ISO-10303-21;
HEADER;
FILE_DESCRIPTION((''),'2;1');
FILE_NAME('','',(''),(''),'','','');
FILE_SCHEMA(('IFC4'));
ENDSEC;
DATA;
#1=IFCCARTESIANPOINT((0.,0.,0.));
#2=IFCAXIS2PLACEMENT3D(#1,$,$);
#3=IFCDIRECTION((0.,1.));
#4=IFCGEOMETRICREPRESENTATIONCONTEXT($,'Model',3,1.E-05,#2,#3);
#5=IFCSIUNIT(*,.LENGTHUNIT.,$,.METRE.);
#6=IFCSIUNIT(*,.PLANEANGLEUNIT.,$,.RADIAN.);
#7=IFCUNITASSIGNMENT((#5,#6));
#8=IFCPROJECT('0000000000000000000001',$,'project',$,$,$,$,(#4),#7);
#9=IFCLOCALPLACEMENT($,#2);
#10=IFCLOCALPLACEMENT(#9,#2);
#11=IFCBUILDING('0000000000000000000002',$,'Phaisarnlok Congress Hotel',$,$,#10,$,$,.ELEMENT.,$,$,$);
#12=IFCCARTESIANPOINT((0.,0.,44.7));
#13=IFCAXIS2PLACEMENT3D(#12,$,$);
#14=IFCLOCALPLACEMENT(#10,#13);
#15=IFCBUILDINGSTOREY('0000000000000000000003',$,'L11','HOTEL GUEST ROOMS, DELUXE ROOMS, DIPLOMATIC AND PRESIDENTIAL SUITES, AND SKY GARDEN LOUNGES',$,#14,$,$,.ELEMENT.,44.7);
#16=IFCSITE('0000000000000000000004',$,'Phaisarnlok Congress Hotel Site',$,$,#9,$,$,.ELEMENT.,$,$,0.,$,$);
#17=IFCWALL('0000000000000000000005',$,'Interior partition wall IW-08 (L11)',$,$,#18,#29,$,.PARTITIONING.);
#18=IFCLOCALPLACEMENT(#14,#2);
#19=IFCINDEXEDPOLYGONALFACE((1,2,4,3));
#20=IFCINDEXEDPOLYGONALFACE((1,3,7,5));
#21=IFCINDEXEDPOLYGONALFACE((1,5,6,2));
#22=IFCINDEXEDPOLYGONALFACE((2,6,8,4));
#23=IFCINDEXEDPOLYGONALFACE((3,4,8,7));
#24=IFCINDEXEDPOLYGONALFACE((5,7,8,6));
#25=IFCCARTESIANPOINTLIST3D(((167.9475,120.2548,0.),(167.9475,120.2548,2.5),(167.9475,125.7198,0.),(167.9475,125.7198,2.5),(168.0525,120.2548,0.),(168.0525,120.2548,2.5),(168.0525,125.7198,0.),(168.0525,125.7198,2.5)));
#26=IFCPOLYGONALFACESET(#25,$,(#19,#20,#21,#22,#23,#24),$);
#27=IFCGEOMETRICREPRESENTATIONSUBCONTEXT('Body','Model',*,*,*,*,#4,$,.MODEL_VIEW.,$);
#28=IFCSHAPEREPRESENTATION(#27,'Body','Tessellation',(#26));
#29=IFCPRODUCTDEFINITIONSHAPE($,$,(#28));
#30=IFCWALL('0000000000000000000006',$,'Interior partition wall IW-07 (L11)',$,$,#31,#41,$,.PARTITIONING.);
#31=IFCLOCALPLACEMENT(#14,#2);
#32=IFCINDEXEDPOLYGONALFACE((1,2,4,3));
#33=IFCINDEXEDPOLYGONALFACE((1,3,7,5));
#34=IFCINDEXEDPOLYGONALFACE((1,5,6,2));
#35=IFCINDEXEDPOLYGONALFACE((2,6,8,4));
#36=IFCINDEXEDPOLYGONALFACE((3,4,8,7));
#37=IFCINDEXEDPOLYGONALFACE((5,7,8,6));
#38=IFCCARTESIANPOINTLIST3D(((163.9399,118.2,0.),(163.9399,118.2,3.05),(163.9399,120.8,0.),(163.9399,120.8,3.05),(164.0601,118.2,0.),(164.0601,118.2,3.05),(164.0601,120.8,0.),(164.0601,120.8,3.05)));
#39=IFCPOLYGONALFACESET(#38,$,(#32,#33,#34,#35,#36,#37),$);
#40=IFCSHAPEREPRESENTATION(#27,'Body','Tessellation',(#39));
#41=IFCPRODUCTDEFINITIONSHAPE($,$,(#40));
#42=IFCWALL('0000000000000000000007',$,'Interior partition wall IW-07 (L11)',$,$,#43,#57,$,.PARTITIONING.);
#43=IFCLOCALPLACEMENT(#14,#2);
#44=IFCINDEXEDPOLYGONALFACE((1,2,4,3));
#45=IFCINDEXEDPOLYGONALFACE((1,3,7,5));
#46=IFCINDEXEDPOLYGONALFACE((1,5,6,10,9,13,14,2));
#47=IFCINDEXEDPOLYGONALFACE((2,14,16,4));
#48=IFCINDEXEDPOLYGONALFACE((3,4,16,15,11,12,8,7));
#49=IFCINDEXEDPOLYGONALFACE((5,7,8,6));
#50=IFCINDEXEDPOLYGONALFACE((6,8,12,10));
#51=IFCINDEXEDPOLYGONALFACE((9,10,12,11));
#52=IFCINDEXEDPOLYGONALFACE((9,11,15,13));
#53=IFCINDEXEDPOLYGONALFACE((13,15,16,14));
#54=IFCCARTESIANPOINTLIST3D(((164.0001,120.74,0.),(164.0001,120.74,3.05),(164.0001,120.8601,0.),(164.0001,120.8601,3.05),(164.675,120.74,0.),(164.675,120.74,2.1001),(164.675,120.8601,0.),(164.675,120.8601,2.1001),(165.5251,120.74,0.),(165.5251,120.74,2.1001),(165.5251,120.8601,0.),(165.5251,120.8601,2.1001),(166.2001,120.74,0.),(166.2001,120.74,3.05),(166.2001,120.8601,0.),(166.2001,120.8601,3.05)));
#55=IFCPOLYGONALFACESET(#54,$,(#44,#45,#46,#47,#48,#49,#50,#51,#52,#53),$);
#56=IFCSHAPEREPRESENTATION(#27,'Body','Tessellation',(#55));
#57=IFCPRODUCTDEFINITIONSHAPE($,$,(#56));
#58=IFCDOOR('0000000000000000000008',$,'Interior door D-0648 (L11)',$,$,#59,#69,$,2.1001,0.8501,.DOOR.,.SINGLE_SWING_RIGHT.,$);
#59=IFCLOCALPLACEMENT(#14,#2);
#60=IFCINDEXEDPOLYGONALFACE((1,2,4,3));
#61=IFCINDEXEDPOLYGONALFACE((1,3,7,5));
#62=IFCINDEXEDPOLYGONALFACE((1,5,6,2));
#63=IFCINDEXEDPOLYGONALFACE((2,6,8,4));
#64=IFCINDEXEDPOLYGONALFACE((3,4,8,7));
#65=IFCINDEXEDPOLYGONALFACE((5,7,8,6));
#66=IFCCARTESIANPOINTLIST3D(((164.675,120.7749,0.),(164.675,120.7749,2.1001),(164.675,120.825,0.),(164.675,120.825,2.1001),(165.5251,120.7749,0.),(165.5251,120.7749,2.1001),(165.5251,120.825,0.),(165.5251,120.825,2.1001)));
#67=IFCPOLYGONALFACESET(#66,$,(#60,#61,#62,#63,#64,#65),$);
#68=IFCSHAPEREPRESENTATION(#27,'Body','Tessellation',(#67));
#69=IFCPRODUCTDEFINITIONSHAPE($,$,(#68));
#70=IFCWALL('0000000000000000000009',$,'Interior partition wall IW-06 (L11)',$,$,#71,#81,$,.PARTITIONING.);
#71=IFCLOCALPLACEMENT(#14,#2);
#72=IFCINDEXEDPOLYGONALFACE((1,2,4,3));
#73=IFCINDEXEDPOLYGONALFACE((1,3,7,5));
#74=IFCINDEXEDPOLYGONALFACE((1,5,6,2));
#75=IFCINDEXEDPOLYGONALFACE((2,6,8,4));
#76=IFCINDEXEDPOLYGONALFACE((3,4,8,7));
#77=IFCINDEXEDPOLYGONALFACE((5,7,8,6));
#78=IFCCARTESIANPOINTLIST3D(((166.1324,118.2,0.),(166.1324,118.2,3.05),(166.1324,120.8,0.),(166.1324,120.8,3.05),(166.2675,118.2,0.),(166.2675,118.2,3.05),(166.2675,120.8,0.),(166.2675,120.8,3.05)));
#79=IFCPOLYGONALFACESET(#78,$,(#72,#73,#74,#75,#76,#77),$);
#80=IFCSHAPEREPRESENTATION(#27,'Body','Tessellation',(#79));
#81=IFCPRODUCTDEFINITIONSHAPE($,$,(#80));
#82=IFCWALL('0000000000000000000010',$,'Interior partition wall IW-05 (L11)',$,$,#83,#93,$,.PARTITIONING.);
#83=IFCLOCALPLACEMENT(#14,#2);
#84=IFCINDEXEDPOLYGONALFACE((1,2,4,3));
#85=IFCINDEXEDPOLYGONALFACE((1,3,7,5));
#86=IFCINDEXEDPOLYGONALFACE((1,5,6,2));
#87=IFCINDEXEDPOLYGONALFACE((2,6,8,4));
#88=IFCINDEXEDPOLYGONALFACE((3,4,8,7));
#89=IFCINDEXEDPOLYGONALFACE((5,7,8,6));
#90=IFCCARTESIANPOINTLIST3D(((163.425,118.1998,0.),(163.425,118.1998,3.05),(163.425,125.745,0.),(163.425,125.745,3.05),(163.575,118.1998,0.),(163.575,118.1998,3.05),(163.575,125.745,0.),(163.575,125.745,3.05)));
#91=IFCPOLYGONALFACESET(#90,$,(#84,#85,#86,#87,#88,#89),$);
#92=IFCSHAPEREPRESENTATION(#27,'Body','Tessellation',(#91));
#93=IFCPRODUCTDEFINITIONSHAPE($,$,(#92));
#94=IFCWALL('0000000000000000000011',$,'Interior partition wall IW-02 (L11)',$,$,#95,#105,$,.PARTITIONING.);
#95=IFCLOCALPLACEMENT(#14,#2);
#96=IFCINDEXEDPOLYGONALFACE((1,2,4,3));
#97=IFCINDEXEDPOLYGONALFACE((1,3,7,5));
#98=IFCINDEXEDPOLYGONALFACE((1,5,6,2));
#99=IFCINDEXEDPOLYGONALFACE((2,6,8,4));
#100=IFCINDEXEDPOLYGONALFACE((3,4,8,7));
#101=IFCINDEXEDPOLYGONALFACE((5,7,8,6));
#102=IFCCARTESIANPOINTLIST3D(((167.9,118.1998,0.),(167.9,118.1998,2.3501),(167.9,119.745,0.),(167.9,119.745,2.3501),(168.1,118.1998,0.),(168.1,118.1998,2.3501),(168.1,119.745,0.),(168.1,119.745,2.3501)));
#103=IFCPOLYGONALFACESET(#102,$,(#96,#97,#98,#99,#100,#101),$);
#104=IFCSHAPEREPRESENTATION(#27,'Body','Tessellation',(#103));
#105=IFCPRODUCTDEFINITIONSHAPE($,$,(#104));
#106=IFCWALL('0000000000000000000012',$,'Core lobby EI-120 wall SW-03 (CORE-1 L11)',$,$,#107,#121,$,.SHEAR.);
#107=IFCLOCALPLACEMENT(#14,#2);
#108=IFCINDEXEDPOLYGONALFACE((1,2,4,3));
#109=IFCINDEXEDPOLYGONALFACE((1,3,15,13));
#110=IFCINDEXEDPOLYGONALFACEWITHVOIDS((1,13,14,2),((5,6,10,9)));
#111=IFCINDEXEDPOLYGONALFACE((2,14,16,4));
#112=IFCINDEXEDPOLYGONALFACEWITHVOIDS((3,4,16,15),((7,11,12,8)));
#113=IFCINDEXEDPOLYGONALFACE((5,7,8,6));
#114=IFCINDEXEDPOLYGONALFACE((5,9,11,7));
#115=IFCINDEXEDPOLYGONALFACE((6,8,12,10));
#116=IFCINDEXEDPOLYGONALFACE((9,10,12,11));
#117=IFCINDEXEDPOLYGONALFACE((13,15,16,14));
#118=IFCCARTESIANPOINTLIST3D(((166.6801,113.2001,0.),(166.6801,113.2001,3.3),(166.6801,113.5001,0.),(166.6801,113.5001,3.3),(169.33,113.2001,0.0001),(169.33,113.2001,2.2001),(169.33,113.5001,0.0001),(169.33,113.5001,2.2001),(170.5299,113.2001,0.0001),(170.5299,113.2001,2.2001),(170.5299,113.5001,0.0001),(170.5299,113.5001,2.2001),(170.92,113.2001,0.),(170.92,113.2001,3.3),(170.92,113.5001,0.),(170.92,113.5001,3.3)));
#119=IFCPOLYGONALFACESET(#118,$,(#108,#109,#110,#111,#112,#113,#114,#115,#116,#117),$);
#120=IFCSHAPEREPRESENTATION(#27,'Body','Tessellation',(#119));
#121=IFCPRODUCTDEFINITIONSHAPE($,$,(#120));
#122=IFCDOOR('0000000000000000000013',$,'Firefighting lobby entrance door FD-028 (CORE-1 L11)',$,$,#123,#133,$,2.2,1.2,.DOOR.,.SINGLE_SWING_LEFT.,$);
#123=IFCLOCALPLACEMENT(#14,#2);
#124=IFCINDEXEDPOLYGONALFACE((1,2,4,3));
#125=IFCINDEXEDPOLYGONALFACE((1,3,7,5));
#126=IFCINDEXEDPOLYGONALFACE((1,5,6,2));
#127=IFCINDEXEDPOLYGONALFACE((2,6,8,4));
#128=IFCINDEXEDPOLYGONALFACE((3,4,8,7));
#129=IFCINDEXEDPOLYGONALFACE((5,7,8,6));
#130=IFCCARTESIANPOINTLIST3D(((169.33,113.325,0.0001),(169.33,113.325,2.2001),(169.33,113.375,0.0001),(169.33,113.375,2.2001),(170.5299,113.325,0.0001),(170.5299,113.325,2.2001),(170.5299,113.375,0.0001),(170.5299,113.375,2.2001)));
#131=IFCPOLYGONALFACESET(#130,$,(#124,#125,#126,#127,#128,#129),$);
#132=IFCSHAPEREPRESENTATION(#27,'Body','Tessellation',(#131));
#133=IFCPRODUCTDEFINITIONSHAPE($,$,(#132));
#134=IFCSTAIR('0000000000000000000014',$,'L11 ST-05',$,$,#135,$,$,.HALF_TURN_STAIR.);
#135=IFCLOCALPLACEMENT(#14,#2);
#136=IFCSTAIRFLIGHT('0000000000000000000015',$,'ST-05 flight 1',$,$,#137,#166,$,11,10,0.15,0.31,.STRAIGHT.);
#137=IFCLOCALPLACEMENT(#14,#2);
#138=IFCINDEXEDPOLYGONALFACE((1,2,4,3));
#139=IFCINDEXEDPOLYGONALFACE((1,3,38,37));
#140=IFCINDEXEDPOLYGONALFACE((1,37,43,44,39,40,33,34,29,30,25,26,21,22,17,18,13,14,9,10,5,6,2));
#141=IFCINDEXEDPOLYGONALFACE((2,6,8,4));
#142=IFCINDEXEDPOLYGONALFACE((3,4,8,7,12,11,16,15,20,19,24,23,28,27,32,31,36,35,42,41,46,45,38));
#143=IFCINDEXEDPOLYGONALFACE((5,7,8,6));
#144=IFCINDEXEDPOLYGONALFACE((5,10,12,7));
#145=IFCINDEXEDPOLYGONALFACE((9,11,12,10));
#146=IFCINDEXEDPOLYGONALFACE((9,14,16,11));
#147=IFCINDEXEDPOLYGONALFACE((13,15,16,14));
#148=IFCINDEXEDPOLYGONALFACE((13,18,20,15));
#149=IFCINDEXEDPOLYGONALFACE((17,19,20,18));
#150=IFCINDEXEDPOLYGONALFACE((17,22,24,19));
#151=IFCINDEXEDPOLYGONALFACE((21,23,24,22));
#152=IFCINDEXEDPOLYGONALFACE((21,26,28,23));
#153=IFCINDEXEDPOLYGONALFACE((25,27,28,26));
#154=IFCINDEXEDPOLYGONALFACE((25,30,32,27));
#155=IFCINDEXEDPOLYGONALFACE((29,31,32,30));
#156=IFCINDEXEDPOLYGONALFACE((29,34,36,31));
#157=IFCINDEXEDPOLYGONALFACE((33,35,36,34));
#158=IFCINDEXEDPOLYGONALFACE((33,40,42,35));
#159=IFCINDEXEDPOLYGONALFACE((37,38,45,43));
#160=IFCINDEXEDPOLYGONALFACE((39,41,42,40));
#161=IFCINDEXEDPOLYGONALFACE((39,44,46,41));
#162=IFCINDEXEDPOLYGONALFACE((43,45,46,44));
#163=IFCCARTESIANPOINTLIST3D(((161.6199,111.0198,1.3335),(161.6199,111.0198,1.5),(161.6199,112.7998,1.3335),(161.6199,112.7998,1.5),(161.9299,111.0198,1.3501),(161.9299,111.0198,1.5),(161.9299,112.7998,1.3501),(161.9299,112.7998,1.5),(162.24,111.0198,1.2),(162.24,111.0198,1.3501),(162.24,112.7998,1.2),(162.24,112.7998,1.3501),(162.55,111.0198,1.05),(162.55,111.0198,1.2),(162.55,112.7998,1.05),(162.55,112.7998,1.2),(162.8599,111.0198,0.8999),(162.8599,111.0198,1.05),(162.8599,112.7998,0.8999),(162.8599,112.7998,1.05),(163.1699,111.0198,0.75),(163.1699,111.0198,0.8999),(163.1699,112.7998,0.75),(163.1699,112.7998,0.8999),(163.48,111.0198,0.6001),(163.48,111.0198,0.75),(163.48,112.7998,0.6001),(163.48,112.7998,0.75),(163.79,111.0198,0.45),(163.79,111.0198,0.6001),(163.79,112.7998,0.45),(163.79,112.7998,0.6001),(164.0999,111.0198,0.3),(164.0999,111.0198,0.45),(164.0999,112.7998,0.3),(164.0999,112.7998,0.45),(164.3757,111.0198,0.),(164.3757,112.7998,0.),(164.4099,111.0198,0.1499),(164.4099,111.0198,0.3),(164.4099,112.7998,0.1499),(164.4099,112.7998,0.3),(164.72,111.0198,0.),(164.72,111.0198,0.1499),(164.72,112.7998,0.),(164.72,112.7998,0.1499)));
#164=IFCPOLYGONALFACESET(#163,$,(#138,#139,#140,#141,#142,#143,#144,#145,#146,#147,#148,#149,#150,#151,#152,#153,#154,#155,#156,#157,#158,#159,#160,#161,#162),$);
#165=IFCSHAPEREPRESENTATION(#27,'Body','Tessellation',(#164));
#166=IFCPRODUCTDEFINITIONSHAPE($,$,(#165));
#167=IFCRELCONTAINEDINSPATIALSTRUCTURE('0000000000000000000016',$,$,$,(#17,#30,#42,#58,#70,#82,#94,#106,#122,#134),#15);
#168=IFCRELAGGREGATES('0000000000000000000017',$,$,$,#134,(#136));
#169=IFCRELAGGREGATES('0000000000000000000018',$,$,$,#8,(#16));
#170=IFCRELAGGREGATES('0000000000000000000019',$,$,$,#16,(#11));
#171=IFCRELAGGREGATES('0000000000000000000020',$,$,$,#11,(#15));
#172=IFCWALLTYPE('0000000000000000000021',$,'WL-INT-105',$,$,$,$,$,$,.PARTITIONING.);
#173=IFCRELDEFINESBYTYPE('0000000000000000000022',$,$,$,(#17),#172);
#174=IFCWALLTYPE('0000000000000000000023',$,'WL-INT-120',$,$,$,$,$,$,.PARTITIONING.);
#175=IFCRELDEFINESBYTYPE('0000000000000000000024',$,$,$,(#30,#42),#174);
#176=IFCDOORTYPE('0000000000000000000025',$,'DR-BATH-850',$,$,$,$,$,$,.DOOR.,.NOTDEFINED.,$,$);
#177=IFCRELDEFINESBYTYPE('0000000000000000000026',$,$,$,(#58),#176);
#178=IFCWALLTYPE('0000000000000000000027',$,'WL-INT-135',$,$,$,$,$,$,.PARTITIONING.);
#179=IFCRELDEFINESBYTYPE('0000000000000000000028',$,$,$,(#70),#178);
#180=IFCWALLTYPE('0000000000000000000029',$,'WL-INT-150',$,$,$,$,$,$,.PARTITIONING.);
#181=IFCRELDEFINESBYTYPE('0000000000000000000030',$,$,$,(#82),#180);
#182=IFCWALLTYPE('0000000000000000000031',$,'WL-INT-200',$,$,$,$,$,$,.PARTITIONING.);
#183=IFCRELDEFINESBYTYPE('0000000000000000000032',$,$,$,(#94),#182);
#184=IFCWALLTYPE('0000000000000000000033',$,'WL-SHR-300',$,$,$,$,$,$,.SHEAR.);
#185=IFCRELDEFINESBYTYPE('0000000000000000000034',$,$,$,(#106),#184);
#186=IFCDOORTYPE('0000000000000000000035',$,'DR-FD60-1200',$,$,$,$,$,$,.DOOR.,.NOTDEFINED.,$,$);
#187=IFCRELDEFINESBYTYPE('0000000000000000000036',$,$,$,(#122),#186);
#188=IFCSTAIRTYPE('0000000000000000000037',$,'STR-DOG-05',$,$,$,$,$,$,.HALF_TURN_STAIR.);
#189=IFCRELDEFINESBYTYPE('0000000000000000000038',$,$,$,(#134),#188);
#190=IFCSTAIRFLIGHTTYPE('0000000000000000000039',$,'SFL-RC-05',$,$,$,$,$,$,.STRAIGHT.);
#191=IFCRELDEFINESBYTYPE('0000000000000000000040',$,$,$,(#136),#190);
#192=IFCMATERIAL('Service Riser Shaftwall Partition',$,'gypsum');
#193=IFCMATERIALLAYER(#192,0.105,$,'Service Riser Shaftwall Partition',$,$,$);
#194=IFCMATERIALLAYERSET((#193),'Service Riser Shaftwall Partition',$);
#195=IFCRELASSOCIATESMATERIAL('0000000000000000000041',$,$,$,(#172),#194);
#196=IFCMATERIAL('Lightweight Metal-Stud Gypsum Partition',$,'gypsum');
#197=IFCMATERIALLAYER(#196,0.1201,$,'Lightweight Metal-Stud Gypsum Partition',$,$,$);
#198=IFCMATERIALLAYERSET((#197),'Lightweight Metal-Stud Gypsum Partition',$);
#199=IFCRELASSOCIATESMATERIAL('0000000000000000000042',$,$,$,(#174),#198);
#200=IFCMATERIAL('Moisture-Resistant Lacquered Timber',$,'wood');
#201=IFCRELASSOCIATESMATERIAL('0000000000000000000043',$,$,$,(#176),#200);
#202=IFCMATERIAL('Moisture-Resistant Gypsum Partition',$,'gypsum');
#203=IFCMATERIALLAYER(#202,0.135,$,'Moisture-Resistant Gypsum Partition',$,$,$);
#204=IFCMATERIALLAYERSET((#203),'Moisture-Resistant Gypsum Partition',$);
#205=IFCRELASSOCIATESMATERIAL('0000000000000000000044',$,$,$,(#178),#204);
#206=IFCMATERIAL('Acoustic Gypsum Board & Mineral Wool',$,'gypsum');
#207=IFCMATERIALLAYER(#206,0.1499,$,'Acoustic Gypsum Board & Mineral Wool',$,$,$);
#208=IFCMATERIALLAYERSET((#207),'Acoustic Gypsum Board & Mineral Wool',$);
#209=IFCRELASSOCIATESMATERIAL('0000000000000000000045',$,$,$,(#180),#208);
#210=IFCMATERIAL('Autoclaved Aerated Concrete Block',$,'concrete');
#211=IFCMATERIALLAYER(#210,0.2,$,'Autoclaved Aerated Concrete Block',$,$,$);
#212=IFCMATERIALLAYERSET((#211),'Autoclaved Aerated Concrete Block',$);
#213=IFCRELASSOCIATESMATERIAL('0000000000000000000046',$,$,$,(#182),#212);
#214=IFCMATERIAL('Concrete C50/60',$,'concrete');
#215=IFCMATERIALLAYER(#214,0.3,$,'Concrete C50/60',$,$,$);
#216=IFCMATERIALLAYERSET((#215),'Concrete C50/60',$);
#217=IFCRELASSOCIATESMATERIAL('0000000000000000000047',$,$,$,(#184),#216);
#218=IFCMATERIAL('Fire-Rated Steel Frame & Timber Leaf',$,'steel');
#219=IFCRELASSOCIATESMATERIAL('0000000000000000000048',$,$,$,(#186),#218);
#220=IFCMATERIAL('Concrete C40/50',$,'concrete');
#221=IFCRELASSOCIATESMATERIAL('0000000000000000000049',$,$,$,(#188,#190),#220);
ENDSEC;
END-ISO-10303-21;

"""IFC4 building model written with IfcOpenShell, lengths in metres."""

from ifc_helpers import new_model, si_unit, direction, frame, frame_2d, origin, place, context, subcontext, project, spatial, polyline, rectangle, outline, extrude, material, layer, layer_set, type_object, element, fill, aggregate, save


model = new_model("IFC4")

# Units and contexts
model_context = context("Model", 3, precision=1e-05, world=origin(), true_north=direction((0.0, 1.0)))
body_context = subcontext(model_context, "Body", "Model", "MODEL_VIEW")
ifc_project = project(units=[si_unit("LENGTHUNIT", "METRE"), si_unit("PLANEANGLEUNIT", "RADIAN")], contexts=[model_context])

# Site, building, storey
site_placement = place(None, origin())
site = spatial("IfcSite", under=ifc_project, at=site_placement, Name="Phaisarnlok Congress Hotel Site", CompositionType="ELEMENT", RefElevation=0.0)
building_placement = place(site_placement, origin())
building = spatial("IfcBuilding", under=site, at=building_placement, Name="Phaisarnlok Congress Hotel", CompositionType="ELEMENT")
storey_placement = place(building_placement, frame((0.0, 0.0, 44.7)))
storey = spatial("IfcBuildingStorey", under=building, at=storey_placement, Name="L11", Description="HOTEL GUEST ROOMS, DELUXE ROOMS, DIPLOMATIC AND PRESIDENTIAL SUITES, AND SKY GARDEN LOUNGES", CompositionType="ELEMENT", Elevation=44.7)

# Shared definitions
ifc_material_1 = material(Name="Concrete C50/60", Category="concrete")

# Shared definitions
ifc_material_2 = material(Name="Concrete C40/50", Category="concrete")

# Walls
ifc_material_3 = material(Name="Service Riser Shaftwall Partition", Category="gypsum")
ifc_layer_1 = layer(ifc_material_3, 0.105, Name="Service Riser Shaftwall Partition")
ifc_layer_set_1 = layer_set([ifc_layer_1], Name="Service Riser Shaftwall Partition")
wall_type_1 = type_object("IfcWallType", Name="WL-INT-105", PredefinedType="PARTITIONING", material=ifc_layer_set_1)
wall_1_placement = place(storey_placement, frame((168.0, 120.2549, 0.0), z_axis=(0.0, 0.0, 1.0), x_axis=(0.0, 1.0, 0.0)))
element("IfcWall", 1, at=wall_1_placement, inside=storey, type_object=wall_type_1, Name="Interior partition wall IW-08 (L11)", PredefinedType="PARTITIONING", context=body_context, shape_type="SweptSolid", body=[
    extrude(rectangle(XDim=5.4651, YDim=0.105, at=frame_2d((2.7324, 0.0))), origin(), (0.0, 0.0, 1.0), 2.5),
])
ifc_material_4 = material(Name="Lightweight Metal-Stud Gypsum Partition", Category="gypsum")
ifc_layer_2 = layer(ifc_material_4, 0.1201, Name="Lightweight Metal-Stud Gypsum Partition")
ifc_layer_set_2 = layer_set([ifc_layer_2], Name="Lightweight Metal-Stud Gypsum Partition")
wall_type_2 = type_object("IfcWallType", Name="WL-INT-120", PredefinedType="PARTITIONING", material=ifc_layer_set_2)
wall_2_placement = place(storey_placement, frame((164.0, 118.2, 0.0), z_axis=(0.0, 0.0, 1.0), x_axis=(0.0, 1.0, 0.0)))
element("IfcWall", 2, at=wall_2_placement, inside=storey, type_object=wall_type_2, Name="Interior partition wall IW-07 (L11)", PredefinedType="PARTITIONING", context=body_context, shape_type="SweptSolid", body=[
    extrude(rectangle(XDim=2.6001, YDim=0.1201, at=frame_2d((1.3, 0.0))), origin(), (0.0, 0.0, 1.0), 3.05),
])

# Wall, opening, door
wall_3_placement = place(storey_placement, frame((164.0, 120.8, 0.0), z_axis=(0.0, 0.0, 1.0), x_axis=(1.0, 0.0, 0.0)))
wall_3 = element("IfcWall", 3, at=wall_3_placement, inside=storey, type_object=wall_type_2, Name="Interior partition wall IW-07 (L11)", PredefinedType="PARTITIONING", context=body_context, shape_type="SweptSolid", body=[
    extrude(rectangle(XDim=2.2, YDim=0.1201, at=frame_2d((1.1001, 0.0))), origin(), (0.0, 0.0, 1.0), 3.05),
])
opening_1_placement = place(wall_3_placement, frame((0.675, 0.0, 0.0)))
opening_1 = element("IfcOpeningElement", 4, at=opening_1_placement, cuts=wall_3, PredefinedType="OPENING", context=body_context, shape_type="SweptSolid", body=[
    extrude(rectangle(XDim=0.8501, YDim=2.1001, at=frame_2d((0.425, 1.05))), frame((0.0, 0.0701, 0.0), z_axis=(0.0, -1.0, 0.0), x_axis=(1.0, 0.0, 0.0)), (0.0, 0.0, 1.0), 0.1401),
])
ifc_material_5 = material(Name="Moisture-Resistant Lacquered Timber", Category="wood")
door_type_1 = type_object("IfcDoorType", Name="DR-BATH-850", OperationType="NOTDEFINED", PredefinedType="DOOR", material=ifc_material_5)
door_1_placement = place(opening_1_placement, origin())
door_1 = element("IfcDoor", 5, at=door_1_placement, inside=storey, type_object=door_type_1, Name="Interior door D-0648 (L11)", OperationType="SINGLE_SWING_RIGHT", OverallHeight=2.1001, OverallWidth=0.8501, PredefinedType="DOOR", context=body_context, shape_type="SweptSolid", body=[
    extrude(rectangle(XDim=0.8501, YDim=2.1001, at=frame_2d((0.425, 1.05))), frame((0.0, 0.0249, 0.0), z_axis=(0.0, -1.0, 0.0), x_axis=(1.0, 0.0, 0.0)), (0.0, 0.0, 1.0), 0.05),
])
fill(opening_1, door_1)

# Walls
ifc_material_6 = material(Name="Moisture-Resistant Gypsum Partition", Category="gypsum")
ifc_layer_3 = layer(ifc_material_6, 0.135, Name="Moisture-Resistant Gypsum Partition")
ifc_layer_set_3 = layer_set([ifc_layer_3], Name="Moisture-Resistant Gypsum Partition")
wall_type_3 = type_object("IfcWallType", Name="WL-INT-135", PredefinedType="PARTITIONING", material=ifc_layer_set_3)
wall_4_placement = place(storey_placement, frame((166.2, 118.2, 0.0), z_axis=(0.0, 0.0, 1.0), x_axis=(0.0, 1.0, 0.0)))
element("IfcWall", 6, at=wall_4_placement, inside=storey, type_object=wall_type_3, Name="Interior partition wall IW-06 (L11)", PredefinedType="PARTITIONING", context=body_context, shape_type="SweptSolid", body=[
    extrude(rectangle(XDim=2.6001, YDim=0.135, at=frame_2d((1.3, 0.0))), origin(), (0.0, 0.0, 1.0), 3.05),
])
ifc_material_7 = material(Name="Acoustic Gypsum Board & Mineral Wool", Category="gypsum")
ifc_layer_4 = layer(ifc_material_7, 0.1499, Name="Acoustic Gypsum Board & Mineral Wool")
ifc_layer_set_4 = layer_set([ifc_layer_4], Name="Acoustic Gypsum Board & Mineral Wool")
wall_type_4 = type_object("IfcWallType", Name="WL-INT-150", PredefinedType="PARTITIONING", material=ifc_layer_set_4)
wall_5_placement = place(storey_placement, frame((163.5, 118.2, 0.0), z_axis=(0.0, 0.0, 1.0), x_axis=(0.0, 1.0, 0.0)))
element("IfcWall", 7, at=wall_5_placement, inside=storey, type_object=wall_type_4, Name="Interior partition wall IW-05 (L11)", PredefinedType="PARTITIONING", context=body_context, shape_type="SweptSolid", body=[
    extrude(rectangle(XDim=7.5452, YDim=0.1499, at=frame_2d((3.7725, 0.0))), origin(), (0.0, 0.0, 1.0), 3.05),
])
ifc_material_8 = material(Name="Autoclaved Aerated Concrete Block", Category="concrete")
ifc_layer_5 = layer(ifc_material_8, 0.2, Name="Autoclaved Aerated Concrete Block")
ifc_layer_set_5 = layer_set([ifc_layer_5], Name="Autoclaved Aerated Concrete Block")
wall_type_5 = type_object("IfcWallType", Name="WL-INT-200", PredefinedType="PARTITIONING", material=ifc_layer_set_5)
wall_6_placement = place(storey_placement, frame((168.0, 118.2, 0.0), z_axis=(0.0, 0.0, 1.0), x_axis=(0.0, 1.0, 0.0)))
element("IfcWall", 8, at=wall_6_placement, inside=storey, type_object=wall_type_5, Name="Interior partition wall IW-02 (L11)", PredefinedType="PARTITIONING", context=body_context, shape_type="SweptSolid", body=[
    extrude(rectangle(XDim=1.5452, YDim=0.2, at=frame_2d((0.7725, 0.0))), origin(), (0.0, 0.0, 1.0), 2.3501),
])

# Wall, opening, door
ifc_material_9 = material(Name="Fire-Rated Steel Frame & Timber Leaf", Category="steel")
ifc_layer_6 = layer(ifc_material_1, 0.3, Name="Concrete C50/60")
ifc_layer_set_6 = layer_set([ifc_layer_6], Name="Concrete C50/60")
wall_type_6 = type_object("IfcWallType", Name="WL-SHR-300", PredefinedType="SHEAR", material=ifc_layer_set_6)
wall_7_placement = place(storey_placement, frame((166.6799, 113.3501, 0.0), z_axis=(0.0, 0.0, 1.0), x_axis=(1.0, 0.0, 0.0)))
wall_7 = element("IfcWall", 9, at=wall_7_placement, inside=storey, type_object=wall_type_6, Name="Core lobby EI-120 wall SW-03 (CORE-1 L11)", PredefinedType="SHEAR", context=body_context, shape_type="SweptSolid", body=[
    extrude(rectangle(XDim=4.24, YDim=0.3, at=frame_2d((2.1201, 0.0))), origin(), (0.0, 0.0, 1.0), 3.3),
])
opening_2_placement = place(wall_7_placement, frame((2.6499, 0.0, 0.0)))
opening_2 = element("IfcOpeningElement", 10, at=opening_2_placement, cuts=wall_7, PredefinedType="OPENING", context=body_context, shape_type="SweptSolid", body=[
    extrude(rectangle(XDim=1.2, YDim=2.2, at=frame_2d((0.6001, 1.1001))), frame((0.0, 0.1602, 0.0), z_axis=(0.0, -1.0, 0.0), x_axis=(1.0, 0.0, 0.0)), (0.0, 0.0, 1.0), 0.3201),
])
door_type_2 = type_object("IfcDoorType", Name="DR-FD60-1200", OperationType="NOTDEFINED", PredefinedType="DOOR", material=ifc_material_9)
door_2_placement = place(opening_2_placement, origin())
door_2 = element("IfcDoor", 11, at=door_2_placement, inside=storey, type_object=door_type_2, Name="Firefighting lobby entrance door FD-028 (CORE-1 L11)", OperationType="SINGLE_SWING_LEFT", OverallHeight=2.2, OverallWidth=1.2, PredefinedType="DOOR", context=body_context, shape_type="SweptSolid", body=[
    extrude(rectangle(XDim=1.2, YDim=2.2, at=frame_2d((0.6001, 1.1001))), frame((0.0, 0.0249, 0.0), z_axis=(0.0, -1.0, 0.0), x_axis=(1.0, 0.0, 0.0)), (0.0, 0.0, 1.0), 0.05),
])
fill(opening_2, door_2)

# Stair, stair flight
stair_type = type_object("IfcStairType", Name="STR-DOG-05", PredefinedType="HALF_TURN_STAIR", material=ifc_material_2)
stair_placement = place(storey_placement, origin())
stair = element("IfcStair", 12, at=stair_placement, inside=storey, type_object=stair_type, Name="L11 ST-05", PredefinedType="HALF_TURN_STAIR")
stair_flight_type = type_object("IfcStairFlightType", Name="SFL-RC-05", PredefinedType="STRAIGHT", material=ifc_material_2)
stair_flight_placement = place(storey_placement, frame((164.72, 111.9099, 0.0), z_axis=(0.0, 0.0, 1.0), x_axis=(-1.0, 0.0, 0.0)))
stair_flight = element("IfcStairFlight", 13, at=stair_flight_placement, type_object=stair_flight_type, Name="ST-05 flight 1", NumberOfRisers=11, NumberOfTreads=10, PredefinedType="STRAIGHT", RiserHeight=0.15, TreadLength=0.31, context=body_context, shape_type="SweptSolid", body=[
    extrude(outline(polyline([(0.0, 0.0), (0.0, 0.1499), (0.3101, 0.1499), (0.3101, 0.3), (0.6201, 0.3), (0.6201, 0.45), (0.9299, 0.45), (0.9299, 0.6001), (1.24, 0.6001), (1.24, 0.75), (1.55, 0.75), (1.55, 0.8999), (1.8601, 0.8999), (1.8601, 1.05), (2.1699, 1.05), (2.1699, 1.2), (2.48, 1.2), (2.48, 1.3501), (2.79, 1.3501), (2.79, 1.5), (3.1001, 1.5), (3.1001, 1.6499), (3.1001, 1.3335), (0.3442, 0.0), (0.0, 0.0)])), frame((0.0, 0.8901, 0.0), z_axis=(0.0, -1.0, 0.0), x_axis=(1.0, 0.0, 0.0)), (0.0, 0.0, 1.0), 1.78),
])
aggregate(stair, [stair_flight])

save(model, "model.ifc")
